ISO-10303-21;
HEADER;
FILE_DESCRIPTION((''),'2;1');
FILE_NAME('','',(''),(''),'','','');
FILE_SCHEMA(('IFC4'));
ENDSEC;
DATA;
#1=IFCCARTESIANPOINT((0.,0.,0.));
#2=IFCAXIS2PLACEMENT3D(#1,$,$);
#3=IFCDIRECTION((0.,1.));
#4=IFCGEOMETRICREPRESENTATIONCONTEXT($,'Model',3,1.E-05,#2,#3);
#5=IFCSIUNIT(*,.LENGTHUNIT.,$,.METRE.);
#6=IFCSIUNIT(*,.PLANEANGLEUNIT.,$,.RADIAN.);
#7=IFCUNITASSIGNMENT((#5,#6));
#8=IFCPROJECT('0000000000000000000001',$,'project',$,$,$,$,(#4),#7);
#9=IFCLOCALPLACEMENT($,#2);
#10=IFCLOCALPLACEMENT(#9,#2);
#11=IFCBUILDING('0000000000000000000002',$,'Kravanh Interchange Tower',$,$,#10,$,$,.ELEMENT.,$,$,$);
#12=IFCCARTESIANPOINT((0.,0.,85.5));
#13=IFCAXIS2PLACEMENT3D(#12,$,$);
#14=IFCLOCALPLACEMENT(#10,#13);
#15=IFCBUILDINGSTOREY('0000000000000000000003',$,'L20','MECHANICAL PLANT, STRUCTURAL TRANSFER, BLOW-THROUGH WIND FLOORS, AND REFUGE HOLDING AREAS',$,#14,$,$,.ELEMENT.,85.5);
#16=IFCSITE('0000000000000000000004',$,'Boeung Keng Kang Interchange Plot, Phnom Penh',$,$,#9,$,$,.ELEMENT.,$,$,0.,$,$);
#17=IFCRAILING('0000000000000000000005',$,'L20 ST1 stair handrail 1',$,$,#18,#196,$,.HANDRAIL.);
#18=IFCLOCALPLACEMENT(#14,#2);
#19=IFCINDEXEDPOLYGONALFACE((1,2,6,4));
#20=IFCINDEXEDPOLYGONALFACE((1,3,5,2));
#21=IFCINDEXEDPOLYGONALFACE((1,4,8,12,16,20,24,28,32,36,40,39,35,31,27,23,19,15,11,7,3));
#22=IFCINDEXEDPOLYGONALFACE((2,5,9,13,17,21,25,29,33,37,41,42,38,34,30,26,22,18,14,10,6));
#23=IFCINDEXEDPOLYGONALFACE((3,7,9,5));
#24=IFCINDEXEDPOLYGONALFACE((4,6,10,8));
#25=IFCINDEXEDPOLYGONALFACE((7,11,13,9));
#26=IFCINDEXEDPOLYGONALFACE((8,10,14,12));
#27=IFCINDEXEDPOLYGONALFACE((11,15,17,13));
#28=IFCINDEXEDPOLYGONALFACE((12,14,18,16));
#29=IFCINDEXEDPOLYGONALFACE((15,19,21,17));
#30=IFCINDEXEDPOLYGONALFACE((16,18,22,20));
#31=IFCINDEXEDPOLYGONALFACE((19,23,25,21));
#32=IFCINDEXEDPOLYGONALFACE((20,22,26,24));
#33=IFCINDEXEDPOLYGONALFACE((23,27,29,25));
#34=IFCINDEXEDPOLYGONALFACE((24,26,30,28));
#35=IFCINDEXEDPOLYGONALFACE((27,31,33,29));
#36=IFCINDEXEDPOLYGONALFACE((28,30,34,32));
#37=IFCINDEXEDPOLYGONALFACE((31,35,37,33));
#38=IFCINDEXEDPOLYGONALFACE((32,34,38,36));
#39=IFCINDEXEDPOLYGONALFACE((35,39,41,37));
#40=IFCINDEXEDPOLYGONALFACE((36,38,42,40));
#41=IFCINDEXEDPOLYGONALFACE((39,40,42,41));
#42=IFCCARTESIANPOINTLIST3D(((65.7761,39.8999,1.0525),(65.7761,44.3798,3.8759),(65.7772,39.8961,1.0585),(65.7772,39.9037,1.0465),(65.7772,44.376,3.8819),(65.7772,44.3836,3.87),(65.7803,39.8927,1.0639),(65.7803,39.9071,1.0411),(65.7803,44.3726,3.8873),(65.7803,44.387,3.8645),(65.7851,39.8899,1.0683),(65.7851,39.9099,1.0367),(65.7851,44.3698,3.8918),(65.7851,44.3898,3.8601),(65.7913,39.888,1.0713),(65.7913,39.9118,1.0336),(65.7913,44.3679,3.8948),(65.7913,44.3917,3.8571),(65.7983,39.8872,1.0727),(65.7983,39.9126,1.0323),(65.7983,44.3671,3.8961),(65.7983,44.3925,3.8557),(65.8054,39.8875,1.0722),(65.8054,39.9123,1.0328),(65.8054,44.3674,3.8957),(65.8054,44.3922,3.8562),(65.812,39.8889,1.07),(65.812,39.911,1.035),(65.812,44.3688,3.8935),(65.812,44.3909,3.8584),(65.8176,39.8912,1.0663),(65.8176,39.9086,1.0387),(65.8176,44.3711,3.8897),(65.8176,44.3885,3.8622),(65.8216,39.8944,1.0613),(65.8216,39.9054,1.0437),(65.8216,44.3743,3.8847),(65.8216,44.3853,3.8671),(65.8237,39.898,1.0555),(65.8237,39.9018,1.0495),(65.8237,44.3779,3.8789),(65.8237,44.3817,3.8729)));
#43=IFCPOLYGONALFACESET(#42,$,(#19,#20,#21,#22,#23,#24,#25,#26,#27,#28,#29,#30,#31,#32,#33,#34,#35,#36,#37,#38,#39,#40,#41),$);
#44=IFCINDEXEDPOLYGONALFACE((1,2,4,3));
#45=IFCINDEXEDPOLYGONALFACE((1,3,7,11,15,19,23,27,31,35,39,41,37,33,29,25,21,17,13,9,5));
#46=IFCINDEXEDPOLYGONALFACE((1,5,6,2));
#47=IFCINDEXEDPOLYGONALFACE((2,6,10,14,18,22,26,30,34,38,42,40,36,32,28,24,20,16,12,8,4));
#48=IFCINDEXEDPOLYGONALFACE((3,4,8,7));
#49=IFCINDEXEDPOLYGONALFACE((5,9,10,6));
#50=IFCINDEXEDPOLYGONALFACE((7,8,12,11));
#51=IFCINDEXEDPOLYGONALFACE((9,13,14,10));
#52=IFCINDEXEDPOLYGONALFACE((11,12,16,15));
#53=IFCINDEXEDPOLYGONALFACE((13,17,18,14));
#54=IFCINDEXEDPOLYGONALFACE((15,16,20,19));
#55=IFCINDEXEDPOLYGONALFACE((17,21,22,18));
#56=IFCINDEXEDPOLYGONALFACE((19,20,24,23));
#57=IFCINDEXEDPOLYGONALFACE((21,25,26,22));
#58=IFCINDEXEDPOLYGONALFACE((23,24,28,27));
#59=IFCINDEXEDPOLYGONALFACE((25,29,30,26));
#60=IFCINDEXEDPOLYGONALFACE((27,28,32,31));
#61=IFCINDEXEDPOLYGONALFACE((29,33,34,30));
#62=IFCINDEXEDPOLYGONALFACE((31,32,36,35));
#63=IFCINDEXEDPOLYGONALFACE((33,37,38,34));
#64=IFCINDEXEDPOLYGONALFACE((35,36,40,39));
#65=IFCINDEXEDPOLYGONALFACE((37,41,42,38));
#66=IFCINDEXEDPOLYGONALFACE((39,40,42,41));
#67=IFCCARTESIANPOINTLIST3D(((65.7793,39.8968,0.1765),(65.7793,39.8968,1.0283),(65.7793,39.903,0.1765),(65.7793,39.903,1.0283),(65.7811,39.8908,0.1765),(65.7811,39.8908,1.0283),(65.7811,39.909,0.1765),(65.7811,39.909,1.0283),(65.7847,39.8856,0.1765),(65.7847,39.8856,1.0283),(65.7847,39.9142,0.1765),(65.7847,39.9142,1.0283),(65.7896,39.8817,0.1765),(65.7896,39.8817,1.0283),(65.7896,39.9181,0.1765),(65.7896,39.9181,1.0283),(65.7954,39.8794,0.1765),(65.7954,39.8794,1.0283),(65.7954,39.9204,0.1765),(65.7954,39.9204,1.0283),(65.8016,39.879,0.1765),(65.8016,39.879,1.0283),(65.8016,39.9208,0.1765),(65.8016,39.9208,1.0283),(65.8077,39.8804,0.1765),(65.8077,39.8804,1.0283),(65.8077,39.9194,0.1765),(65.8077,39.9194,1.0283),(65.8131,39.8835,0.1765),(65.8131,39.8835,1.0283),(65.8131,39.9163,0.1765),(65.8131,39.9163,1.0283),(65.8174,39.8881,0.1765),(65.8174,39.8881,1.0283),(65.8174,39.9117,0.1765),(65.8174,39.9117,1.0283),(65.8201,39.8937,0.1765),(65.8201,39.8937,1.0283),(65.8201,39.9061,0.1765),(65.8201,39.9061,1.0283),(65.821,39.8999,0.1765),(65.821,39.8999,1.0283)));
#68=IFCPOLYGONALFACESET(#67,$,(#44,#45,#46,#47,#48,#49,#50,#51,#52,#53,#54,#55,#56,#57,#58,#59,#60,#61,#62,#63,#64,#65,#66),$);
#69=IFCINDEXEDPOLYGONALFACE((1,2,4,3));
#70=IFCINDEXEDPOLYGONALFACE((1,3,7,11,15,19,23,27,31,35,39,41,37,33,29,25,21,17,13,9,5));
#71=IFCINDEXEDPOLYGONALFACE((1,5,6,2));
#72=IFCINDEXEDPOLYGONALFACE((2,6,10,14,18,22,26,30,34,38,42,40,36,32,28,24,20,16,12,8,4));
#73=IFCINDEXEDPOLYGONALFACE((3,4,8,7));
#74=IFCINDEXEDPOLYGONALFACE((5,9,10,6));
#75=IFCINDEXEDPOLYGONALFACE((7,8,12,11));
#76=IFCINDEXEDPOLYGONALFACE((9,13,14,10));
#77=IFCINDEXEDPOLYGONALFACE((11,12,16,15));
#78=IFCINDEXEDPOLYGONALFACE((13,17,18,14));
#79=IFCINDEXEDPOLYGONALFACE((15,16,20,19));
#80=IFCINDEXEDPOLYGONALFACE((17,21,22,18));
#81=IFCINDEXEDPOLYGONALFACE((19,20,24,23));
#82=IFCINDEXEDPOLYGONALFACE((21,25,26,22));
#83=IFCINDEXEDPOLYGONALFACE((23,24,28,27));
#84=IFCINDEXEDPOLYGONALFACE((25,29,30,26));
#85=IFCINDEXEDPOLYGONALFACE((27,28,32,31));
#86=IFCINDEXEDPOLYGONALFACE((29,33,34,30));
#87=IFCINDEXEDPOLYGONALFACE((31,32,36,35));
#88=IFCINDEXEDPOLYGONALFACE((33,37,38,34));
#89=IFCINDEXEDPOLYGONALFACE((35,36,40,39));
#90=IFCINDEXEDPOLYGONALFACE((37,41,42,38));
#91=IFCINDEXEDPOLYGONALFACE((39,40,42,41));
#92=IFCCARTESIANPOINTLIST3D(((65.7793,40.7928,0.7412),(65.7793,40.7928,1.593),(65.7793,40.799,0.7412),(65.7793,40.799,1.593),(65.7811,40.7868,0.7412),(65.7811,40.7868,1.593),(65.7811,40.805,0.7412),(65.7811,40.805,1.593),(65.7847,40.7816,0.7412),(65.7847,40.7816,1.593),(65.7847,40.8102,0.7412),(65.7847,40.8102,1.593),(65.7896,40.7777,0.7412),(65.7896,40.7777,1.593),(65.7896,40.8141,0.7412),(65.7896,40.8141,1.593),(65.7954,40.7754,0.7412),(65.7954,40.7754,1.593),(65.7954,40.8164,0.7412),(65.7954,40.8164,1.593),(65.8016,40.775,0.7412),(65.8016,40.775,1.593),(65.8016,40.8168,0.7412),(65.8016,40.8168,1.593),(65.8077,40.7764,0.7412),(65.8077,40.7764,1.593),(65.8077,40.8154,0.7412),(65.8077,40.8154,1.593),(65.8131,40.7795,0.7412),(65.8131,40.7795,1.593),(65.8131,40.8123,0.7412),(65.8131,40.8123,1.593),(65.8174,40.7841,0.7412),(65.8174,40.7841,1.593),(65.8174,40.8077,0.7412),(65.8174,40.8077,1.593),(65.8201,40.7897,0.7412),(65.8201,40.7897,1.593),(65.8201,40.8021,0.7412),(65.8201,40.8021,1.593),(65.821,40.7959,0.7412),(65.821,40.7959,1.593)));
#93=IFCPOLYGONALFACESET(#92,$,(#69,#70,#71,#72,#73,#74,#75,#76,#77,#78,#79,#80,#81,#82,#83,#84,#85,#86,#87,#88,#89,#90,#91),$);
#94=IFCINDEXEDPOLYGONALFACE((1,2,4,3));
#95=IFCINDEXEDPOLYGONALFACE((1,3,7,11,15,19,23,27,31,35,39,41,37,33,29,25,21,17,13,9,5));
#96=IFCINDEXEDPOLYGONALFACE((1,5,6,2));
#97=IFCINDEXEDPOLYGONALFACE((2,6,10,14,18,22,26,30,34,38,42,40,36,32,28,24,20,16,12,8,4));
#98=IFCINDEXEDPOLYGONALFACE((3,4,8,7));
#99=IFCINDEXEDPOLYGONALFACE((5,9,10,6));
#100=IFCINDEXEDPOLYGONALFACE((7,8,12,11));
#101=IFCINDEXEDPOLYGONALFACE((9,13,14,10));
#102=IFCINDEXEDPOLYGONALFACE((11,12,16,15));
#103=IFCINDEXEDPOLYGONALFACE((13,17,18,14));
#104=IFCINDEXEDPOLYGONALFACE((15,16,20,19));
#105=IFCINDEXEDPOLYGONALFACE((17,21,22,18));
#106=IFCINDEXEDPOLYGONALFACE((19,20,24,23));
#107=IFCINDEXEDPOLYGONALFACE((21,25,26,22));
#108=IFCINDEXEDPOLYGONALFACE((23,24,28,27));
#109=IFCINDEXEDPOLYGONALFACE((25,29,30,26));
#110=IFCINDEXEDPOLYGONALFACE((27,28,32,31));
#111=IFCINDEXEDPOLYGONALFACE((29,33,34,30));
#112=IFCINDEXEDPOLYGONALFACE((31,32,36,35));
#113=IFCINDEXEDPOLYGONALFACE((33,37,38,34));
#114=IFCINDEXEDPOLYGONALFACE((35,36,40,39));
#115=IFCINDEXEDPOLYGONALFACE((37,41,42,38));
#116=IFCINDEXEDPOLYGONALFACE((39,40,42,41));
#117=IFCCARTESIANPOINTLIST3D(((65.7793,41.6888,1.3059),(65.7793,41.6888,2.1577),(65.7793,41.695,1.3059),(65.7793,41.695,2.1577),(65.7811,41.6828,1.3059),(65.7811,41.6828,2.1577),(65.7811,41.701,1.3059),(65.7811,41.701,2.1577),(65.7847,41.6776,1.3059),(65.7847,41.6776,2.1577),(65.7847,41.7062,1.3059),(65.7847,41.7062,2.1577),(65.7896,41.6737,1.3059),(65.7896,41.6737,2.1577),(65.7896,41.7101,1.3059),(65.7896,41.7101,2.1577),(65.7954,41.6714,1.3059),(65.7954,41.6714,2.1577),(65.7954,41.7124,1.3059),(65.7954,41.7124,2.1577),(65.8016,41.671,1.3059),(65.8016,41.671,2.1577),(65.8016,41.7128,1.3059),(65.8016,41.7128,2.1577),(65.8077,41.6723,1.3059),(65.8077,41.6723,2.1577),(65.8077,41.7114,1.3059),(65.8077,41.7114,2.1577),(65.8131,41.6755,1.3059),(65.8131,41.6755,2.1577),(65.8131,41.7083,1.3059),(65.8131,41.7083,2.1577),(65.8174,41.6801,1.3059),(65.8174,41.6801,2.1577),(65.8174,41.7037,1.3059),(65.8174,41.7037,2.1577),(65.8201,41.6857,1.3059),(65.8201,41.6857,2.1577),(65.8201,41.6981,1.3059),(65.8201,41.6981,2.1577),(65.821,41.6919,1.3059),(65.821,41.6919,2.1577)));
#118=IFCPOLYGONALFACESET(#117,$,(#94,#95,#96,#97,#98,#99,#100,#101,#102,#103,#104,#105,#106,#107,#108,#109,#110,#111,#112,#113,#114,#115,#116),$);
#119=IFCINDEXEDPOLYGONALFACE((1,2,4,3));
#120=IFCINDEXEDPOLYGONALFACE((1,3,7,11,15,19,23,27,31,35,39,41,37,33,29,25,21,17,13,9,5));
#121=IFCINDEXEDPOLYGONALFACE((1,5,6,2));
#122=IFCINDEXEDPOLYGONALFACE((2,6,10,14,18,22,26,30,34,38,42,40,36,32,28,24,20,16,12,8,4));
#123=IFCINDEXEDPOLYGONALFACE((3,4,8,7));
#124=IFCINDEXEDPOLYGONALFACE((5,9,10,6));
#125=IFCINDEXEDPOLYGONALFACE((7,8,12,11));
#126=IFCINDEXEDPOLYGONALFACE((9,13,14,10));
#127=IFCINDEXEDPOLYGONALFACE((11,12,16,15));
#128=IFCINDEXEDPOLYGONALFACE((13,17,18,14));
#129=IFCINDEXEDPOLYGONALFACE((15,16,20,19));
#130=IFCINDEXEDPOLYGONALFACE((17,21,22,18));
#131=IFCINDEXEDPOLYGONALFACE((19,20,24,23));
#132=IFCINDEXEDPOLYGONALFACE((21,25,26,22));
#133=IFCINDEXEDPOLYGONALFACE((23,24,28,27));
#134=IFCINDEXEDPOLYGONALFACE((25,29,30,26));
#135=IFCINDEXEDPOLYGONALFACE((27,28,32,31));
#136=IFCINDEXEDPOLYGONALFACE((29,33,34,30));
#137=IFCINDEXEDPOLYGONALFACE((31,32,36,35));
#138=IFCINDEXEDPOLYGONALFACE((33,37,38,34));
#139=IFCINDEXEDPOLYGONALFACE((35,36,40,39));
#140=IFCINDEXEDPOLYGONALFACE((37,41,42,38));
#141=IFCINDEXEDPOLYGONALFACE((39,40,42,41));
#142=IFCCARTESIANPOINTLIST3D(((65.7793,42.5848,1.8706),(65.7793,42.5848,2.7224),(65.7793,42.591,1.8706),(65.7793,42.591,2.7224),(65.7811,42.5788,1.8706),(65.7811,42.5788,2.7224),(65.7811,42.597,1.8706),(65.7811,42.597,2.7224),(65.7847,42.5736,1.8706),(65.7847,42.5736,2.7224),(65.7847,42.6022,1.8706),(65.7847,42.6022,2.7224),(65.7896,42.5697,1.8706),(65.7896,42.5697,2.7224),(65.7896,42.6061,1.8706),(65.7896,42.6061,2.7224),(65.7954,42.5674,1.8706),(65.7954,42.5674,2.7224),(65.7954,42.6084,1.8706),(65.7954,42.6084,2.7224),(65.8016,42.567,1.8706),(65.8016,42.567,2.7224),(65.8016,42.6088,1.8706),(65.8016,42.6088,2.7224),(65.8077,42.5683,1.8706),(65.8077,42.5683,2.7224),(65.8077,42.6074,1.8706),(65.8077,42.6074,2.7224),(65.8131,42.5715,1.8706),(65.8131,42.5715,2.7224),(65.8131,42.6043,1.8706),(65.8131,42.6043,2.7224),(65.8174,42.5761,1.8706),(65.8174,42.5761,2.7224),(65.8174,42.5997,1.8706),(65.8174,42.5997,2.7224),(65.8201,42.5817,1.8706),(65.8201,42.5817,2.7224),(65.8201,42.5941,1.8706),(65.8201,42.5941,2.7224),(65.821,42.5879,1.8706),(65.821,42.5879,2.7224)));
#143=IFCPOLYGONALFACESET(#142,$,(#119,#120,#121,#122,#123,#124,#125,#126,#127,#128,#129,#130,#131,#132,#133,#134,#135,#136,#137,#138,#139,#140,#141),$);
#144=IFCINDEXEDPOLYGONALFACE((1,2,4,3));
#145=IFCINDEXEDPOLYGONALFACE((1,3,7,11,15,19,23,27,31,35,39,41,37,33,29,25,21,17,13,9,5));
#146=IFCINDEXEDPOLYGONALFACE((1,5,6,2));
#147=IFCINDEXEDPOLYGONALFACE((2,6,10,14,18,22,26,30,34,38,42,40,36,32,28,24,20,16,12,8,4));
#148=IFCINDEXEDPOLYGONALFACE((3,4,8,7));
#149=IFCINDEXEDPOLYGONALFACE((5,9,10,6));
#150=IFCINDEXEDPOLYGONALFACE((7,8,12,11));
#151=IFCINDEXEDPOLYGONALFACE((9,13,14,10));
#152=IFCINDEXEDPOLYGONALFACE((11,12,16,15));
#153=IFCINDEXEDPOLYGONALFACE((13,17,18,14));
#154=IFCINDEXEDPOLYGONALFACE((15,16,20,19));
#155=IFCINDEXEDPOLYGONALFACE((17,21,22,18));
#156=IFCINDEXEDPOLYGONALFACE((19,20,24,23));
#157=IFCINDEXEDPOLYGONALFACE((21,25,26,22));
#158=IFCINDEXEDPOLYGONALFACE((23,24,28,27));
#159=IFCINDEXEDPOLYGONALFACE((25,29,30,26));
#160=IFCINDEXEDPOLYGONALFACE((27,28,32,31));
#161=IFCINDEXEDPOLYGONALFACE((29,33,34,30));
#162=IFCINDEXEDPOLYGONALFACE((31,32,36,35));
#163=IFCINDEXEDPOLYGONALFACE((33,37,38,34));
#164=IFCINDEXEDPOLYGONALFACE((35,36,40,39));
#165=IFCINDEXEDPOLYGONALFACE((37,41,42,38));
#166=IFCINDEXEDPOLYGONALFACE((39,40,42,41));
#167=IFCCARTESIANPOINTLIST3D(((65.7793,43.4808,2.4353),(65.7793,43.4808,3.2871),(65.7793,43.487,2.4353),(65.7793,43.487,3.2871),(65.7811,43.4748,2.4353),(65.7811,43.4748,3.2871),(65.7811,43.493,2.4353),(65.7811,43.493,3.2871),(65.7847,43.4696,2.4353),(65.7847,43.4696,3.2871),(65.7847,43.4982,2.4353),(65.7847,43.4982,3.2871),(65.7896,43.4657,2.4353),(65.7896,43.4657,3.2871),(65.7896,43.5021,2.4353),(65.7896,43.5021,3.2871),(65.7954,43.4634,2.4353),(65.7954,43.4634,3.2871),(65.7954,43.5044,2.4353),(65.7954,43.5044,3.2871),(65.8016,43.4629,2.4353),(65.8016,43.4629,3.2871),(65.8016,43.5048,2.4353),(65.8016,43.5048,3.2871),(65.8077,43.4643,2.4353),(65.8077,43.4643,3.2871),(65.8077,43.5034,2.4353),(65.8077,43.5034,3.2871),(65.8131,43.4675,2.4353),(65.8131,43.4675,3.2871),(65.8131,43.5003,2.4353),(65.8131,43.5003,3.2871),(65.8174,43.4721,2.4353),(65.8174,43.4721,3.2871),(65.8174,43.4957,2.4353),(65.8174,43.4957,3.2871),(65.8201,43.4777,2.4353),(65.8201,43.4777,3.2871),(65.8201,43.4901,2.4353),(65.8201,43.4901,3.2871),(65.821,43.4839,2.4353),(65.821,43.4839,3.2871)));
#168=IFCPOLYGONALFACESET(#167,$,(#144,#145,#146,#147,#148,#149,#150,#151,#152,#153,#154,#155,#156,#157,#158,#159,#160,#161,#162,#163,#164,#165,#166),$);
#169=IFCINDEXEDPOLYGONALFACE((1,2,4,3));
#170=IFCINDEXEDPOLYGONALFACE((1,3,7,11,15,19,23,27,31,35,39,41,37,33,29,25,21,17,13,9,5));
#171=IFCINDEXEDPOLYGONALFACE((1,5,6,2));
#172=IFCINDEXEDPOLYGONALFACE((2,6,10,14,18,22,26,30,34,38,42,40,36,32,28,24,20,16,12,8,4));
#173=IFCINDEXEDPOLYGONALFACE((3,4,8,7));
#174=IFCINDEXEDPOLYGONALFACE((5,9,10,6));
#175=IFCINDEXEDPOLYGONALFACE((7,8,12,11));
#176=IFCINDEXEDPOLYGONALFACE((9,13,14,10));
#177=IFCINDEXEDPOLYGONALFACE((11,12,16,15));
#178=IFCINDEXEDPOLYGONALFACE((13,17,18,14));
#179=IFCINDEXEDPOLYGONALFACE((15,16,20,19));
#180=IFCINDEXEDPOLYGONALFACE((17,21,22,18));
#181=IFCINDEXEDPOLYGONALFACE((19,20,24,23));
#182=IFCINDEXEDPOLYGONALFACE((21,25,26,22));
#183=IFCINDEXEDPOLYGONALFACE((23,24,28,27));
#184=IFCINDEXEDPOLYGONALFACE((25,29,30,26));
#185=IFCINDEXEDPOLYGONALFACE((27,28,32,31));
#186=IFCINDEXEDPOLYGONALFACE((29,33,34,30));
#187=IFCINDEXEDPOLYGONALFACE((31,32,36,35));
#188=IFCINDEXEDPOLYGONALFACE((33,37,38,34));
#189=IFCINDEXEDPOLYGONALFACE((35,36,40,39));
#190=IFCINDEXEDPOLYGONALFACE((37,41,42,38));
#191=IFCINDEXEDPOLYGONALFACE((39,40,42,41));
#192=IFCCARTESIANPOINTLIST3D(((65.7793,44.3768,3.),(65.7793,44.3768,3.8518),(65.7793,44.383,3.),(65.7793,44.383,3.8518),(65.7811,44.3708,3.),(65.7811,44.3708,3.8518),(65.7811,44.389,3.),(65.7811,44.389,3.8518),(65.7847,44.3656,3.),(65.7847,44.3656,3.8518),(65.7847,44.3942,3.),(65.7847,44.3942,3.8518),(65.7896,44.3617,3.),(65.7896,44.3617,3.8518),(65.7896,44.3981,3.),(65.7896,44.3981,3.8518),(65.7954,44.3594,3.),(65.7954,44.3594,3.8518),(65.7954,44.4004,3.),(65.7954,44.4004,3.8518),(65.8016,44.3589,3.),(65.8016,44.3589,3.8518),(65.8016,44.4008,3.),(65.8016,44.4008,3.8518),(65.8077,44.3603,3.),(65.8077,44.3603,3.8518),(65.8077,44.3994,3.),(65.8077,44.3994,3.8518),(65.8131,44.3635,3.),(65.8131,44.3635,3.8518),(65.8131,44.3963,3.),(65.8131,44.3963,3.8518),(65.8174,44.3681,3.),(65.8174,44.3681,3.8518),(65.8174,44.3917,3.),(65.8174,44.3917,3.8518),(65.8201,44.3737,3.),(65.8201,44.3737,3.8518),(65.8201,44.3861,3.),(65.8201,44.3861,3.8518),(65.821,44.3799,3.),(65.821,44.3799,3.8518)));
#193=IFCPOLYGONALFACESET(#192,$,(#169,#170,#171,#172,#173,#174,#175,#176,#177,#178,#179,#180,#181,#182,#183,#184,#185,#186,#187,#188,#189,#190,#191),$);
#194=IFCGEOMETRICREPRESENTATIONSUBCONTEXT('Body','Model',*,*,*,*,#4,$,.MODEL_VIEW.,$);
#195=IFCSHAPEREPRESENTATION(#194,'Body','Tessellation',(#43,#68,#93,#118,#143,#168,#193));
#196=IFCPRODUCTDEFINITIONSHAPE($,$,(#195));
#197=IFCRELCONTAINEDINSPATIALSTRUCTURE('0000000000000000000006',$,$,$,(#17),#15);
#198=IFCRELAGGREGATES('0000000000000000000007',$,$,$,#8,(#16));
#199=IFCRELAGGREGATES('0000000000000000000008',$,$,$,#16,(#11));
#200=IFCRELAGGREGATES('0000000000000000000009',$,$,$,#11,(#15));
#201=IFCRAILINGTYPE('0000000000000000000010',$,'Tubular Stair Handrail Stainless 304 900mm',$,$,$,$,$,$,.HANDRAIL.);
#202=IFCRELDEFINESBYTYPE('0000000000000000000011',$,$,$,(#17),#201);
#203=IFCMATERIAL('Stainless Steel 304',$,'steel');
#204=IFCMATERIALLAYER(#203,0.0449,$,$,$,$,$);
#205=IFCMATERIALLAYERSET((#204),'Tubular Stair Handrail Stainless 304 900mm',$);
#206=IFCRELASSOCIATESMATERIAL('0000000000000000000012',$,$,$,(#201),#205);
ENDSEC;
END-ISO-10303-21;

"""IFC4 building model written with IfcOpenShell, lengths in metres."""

from ifc_helpers import new_model, si_unit, direction, frame, origin, origin_2d, place, context, subcontext, project, spatial, circle, extrude, material, layer, layer_set, type_object, element, save


model = new_model("IFC4")

# Units and contexts
model_context = context("Model", 3, precision=1e-05, world=origin(), true_north=direction((0.0, 1.0)))
body_context = subcontext(model_context, "Body", "Model", "MODEL_VIEW")
ifc_project = project(units=[si_unit("LENGTHUNIT", "METRE"), si_unit("PLANEANGLEUNIT", "RADIAN")], contexts=[model_context])

# Site, building, storey
site_placement = place(None, origin())
site = spatial("IfcSite", under=ifc_project, at=site_placement, Name="Boeung Keng Kang Interchange Plot, Phnom Penh", CompositionType="ELEMENT", RefElevation=0.0)
building_placement = place(site_placement, origin())
building = spatial("IfcBuilding", under=site, at=building_placement, Name="Kravanh Interchange Tower", CompositionType="ELEMENT")
storey_placement = place(building_placement, frame((0.0, 0.0, 85.5)))
storey = spatial("IfcBuildingStorey", under=building, at=storey_placement, Name="L20", Description="MECHANICAL PLANT, STRUCTURAL TRANSFER, BLOW-THROUGH WIND FLOORS, AND REFUGE HOLDING AREAS", CompositionType="ELEMENT", Elevation=85.5)

# Railing
ifc_material_1 = material(Name="Stainless Steel 304", Category="steel")
ifc_layer_1 = layer(ifc_material_1, 0.0449)
ifc_layer_set_1 = layer_set([ifc_layer_1], Name="Tubular Stair Handrail Stainless 304 900mm")
railing_type_1 = type_object("IfcRailingType", Name="Tubular Stair Handrail Stainless 304 900mm", PredefinedType="HANDRAIL", material=ifc_layer_set_1)
railing_1_placement = place(storey_placement, frame((65.8, 39.8999, 0.1765)))
element("IfcRailing", 1, at=railing_1_placement, inside=storey, type_object=railing_type_1, Name="L20 ST1 stair handrail 1", PredefinedType="HANDRAIL", context=body_context, shape_type="SweptSolid", body=[
    extrude(circle(Radius=0.0239, at=origin_2d()), frame((0.0, 0.0, 0.876), z_axis=(0.0, 0.845998, 0.533186), x_axis=(-1.0, 0.0, 0.0)), (0.0, 0.0, 1.0), 5.2954),
    extrude(circle(Radius=0.021, at=origin_2d()), origin(), (0.0, 0.0, 1.0), 0.8518),
    extrude(circle(Radius=0.021, at=origin_2d()), frame((0.0, 0.896, 0.5647)), (0.0, 0.0, 1.0), 0.8518),
    extrude(circle(Radius=0.021, at=origin_2d()), frame((0.0, 1.792, 1.1294)), (0.0, 0.0, 1.0), 0.8518),
    extrude(circle(Radius=0.021, at=origin_2d()), frame((0.0, 2.688, 1.6941)), (0.0, 0.0, 1.0), 0.8518),
    extrude(circle(Radius=0.021, at=origin_2d()), frame((0.0, 3.584, 2.2588)), (0.0, 0.0, 1.0), 0.8518),
    extrude(circle(Radius=0.021, at=origin_2d()), frame((0.0, 4.48, 2.8235)), (0.0, 0.0, 1.0), 0.8518),
])

save(model, "model.ifc")
